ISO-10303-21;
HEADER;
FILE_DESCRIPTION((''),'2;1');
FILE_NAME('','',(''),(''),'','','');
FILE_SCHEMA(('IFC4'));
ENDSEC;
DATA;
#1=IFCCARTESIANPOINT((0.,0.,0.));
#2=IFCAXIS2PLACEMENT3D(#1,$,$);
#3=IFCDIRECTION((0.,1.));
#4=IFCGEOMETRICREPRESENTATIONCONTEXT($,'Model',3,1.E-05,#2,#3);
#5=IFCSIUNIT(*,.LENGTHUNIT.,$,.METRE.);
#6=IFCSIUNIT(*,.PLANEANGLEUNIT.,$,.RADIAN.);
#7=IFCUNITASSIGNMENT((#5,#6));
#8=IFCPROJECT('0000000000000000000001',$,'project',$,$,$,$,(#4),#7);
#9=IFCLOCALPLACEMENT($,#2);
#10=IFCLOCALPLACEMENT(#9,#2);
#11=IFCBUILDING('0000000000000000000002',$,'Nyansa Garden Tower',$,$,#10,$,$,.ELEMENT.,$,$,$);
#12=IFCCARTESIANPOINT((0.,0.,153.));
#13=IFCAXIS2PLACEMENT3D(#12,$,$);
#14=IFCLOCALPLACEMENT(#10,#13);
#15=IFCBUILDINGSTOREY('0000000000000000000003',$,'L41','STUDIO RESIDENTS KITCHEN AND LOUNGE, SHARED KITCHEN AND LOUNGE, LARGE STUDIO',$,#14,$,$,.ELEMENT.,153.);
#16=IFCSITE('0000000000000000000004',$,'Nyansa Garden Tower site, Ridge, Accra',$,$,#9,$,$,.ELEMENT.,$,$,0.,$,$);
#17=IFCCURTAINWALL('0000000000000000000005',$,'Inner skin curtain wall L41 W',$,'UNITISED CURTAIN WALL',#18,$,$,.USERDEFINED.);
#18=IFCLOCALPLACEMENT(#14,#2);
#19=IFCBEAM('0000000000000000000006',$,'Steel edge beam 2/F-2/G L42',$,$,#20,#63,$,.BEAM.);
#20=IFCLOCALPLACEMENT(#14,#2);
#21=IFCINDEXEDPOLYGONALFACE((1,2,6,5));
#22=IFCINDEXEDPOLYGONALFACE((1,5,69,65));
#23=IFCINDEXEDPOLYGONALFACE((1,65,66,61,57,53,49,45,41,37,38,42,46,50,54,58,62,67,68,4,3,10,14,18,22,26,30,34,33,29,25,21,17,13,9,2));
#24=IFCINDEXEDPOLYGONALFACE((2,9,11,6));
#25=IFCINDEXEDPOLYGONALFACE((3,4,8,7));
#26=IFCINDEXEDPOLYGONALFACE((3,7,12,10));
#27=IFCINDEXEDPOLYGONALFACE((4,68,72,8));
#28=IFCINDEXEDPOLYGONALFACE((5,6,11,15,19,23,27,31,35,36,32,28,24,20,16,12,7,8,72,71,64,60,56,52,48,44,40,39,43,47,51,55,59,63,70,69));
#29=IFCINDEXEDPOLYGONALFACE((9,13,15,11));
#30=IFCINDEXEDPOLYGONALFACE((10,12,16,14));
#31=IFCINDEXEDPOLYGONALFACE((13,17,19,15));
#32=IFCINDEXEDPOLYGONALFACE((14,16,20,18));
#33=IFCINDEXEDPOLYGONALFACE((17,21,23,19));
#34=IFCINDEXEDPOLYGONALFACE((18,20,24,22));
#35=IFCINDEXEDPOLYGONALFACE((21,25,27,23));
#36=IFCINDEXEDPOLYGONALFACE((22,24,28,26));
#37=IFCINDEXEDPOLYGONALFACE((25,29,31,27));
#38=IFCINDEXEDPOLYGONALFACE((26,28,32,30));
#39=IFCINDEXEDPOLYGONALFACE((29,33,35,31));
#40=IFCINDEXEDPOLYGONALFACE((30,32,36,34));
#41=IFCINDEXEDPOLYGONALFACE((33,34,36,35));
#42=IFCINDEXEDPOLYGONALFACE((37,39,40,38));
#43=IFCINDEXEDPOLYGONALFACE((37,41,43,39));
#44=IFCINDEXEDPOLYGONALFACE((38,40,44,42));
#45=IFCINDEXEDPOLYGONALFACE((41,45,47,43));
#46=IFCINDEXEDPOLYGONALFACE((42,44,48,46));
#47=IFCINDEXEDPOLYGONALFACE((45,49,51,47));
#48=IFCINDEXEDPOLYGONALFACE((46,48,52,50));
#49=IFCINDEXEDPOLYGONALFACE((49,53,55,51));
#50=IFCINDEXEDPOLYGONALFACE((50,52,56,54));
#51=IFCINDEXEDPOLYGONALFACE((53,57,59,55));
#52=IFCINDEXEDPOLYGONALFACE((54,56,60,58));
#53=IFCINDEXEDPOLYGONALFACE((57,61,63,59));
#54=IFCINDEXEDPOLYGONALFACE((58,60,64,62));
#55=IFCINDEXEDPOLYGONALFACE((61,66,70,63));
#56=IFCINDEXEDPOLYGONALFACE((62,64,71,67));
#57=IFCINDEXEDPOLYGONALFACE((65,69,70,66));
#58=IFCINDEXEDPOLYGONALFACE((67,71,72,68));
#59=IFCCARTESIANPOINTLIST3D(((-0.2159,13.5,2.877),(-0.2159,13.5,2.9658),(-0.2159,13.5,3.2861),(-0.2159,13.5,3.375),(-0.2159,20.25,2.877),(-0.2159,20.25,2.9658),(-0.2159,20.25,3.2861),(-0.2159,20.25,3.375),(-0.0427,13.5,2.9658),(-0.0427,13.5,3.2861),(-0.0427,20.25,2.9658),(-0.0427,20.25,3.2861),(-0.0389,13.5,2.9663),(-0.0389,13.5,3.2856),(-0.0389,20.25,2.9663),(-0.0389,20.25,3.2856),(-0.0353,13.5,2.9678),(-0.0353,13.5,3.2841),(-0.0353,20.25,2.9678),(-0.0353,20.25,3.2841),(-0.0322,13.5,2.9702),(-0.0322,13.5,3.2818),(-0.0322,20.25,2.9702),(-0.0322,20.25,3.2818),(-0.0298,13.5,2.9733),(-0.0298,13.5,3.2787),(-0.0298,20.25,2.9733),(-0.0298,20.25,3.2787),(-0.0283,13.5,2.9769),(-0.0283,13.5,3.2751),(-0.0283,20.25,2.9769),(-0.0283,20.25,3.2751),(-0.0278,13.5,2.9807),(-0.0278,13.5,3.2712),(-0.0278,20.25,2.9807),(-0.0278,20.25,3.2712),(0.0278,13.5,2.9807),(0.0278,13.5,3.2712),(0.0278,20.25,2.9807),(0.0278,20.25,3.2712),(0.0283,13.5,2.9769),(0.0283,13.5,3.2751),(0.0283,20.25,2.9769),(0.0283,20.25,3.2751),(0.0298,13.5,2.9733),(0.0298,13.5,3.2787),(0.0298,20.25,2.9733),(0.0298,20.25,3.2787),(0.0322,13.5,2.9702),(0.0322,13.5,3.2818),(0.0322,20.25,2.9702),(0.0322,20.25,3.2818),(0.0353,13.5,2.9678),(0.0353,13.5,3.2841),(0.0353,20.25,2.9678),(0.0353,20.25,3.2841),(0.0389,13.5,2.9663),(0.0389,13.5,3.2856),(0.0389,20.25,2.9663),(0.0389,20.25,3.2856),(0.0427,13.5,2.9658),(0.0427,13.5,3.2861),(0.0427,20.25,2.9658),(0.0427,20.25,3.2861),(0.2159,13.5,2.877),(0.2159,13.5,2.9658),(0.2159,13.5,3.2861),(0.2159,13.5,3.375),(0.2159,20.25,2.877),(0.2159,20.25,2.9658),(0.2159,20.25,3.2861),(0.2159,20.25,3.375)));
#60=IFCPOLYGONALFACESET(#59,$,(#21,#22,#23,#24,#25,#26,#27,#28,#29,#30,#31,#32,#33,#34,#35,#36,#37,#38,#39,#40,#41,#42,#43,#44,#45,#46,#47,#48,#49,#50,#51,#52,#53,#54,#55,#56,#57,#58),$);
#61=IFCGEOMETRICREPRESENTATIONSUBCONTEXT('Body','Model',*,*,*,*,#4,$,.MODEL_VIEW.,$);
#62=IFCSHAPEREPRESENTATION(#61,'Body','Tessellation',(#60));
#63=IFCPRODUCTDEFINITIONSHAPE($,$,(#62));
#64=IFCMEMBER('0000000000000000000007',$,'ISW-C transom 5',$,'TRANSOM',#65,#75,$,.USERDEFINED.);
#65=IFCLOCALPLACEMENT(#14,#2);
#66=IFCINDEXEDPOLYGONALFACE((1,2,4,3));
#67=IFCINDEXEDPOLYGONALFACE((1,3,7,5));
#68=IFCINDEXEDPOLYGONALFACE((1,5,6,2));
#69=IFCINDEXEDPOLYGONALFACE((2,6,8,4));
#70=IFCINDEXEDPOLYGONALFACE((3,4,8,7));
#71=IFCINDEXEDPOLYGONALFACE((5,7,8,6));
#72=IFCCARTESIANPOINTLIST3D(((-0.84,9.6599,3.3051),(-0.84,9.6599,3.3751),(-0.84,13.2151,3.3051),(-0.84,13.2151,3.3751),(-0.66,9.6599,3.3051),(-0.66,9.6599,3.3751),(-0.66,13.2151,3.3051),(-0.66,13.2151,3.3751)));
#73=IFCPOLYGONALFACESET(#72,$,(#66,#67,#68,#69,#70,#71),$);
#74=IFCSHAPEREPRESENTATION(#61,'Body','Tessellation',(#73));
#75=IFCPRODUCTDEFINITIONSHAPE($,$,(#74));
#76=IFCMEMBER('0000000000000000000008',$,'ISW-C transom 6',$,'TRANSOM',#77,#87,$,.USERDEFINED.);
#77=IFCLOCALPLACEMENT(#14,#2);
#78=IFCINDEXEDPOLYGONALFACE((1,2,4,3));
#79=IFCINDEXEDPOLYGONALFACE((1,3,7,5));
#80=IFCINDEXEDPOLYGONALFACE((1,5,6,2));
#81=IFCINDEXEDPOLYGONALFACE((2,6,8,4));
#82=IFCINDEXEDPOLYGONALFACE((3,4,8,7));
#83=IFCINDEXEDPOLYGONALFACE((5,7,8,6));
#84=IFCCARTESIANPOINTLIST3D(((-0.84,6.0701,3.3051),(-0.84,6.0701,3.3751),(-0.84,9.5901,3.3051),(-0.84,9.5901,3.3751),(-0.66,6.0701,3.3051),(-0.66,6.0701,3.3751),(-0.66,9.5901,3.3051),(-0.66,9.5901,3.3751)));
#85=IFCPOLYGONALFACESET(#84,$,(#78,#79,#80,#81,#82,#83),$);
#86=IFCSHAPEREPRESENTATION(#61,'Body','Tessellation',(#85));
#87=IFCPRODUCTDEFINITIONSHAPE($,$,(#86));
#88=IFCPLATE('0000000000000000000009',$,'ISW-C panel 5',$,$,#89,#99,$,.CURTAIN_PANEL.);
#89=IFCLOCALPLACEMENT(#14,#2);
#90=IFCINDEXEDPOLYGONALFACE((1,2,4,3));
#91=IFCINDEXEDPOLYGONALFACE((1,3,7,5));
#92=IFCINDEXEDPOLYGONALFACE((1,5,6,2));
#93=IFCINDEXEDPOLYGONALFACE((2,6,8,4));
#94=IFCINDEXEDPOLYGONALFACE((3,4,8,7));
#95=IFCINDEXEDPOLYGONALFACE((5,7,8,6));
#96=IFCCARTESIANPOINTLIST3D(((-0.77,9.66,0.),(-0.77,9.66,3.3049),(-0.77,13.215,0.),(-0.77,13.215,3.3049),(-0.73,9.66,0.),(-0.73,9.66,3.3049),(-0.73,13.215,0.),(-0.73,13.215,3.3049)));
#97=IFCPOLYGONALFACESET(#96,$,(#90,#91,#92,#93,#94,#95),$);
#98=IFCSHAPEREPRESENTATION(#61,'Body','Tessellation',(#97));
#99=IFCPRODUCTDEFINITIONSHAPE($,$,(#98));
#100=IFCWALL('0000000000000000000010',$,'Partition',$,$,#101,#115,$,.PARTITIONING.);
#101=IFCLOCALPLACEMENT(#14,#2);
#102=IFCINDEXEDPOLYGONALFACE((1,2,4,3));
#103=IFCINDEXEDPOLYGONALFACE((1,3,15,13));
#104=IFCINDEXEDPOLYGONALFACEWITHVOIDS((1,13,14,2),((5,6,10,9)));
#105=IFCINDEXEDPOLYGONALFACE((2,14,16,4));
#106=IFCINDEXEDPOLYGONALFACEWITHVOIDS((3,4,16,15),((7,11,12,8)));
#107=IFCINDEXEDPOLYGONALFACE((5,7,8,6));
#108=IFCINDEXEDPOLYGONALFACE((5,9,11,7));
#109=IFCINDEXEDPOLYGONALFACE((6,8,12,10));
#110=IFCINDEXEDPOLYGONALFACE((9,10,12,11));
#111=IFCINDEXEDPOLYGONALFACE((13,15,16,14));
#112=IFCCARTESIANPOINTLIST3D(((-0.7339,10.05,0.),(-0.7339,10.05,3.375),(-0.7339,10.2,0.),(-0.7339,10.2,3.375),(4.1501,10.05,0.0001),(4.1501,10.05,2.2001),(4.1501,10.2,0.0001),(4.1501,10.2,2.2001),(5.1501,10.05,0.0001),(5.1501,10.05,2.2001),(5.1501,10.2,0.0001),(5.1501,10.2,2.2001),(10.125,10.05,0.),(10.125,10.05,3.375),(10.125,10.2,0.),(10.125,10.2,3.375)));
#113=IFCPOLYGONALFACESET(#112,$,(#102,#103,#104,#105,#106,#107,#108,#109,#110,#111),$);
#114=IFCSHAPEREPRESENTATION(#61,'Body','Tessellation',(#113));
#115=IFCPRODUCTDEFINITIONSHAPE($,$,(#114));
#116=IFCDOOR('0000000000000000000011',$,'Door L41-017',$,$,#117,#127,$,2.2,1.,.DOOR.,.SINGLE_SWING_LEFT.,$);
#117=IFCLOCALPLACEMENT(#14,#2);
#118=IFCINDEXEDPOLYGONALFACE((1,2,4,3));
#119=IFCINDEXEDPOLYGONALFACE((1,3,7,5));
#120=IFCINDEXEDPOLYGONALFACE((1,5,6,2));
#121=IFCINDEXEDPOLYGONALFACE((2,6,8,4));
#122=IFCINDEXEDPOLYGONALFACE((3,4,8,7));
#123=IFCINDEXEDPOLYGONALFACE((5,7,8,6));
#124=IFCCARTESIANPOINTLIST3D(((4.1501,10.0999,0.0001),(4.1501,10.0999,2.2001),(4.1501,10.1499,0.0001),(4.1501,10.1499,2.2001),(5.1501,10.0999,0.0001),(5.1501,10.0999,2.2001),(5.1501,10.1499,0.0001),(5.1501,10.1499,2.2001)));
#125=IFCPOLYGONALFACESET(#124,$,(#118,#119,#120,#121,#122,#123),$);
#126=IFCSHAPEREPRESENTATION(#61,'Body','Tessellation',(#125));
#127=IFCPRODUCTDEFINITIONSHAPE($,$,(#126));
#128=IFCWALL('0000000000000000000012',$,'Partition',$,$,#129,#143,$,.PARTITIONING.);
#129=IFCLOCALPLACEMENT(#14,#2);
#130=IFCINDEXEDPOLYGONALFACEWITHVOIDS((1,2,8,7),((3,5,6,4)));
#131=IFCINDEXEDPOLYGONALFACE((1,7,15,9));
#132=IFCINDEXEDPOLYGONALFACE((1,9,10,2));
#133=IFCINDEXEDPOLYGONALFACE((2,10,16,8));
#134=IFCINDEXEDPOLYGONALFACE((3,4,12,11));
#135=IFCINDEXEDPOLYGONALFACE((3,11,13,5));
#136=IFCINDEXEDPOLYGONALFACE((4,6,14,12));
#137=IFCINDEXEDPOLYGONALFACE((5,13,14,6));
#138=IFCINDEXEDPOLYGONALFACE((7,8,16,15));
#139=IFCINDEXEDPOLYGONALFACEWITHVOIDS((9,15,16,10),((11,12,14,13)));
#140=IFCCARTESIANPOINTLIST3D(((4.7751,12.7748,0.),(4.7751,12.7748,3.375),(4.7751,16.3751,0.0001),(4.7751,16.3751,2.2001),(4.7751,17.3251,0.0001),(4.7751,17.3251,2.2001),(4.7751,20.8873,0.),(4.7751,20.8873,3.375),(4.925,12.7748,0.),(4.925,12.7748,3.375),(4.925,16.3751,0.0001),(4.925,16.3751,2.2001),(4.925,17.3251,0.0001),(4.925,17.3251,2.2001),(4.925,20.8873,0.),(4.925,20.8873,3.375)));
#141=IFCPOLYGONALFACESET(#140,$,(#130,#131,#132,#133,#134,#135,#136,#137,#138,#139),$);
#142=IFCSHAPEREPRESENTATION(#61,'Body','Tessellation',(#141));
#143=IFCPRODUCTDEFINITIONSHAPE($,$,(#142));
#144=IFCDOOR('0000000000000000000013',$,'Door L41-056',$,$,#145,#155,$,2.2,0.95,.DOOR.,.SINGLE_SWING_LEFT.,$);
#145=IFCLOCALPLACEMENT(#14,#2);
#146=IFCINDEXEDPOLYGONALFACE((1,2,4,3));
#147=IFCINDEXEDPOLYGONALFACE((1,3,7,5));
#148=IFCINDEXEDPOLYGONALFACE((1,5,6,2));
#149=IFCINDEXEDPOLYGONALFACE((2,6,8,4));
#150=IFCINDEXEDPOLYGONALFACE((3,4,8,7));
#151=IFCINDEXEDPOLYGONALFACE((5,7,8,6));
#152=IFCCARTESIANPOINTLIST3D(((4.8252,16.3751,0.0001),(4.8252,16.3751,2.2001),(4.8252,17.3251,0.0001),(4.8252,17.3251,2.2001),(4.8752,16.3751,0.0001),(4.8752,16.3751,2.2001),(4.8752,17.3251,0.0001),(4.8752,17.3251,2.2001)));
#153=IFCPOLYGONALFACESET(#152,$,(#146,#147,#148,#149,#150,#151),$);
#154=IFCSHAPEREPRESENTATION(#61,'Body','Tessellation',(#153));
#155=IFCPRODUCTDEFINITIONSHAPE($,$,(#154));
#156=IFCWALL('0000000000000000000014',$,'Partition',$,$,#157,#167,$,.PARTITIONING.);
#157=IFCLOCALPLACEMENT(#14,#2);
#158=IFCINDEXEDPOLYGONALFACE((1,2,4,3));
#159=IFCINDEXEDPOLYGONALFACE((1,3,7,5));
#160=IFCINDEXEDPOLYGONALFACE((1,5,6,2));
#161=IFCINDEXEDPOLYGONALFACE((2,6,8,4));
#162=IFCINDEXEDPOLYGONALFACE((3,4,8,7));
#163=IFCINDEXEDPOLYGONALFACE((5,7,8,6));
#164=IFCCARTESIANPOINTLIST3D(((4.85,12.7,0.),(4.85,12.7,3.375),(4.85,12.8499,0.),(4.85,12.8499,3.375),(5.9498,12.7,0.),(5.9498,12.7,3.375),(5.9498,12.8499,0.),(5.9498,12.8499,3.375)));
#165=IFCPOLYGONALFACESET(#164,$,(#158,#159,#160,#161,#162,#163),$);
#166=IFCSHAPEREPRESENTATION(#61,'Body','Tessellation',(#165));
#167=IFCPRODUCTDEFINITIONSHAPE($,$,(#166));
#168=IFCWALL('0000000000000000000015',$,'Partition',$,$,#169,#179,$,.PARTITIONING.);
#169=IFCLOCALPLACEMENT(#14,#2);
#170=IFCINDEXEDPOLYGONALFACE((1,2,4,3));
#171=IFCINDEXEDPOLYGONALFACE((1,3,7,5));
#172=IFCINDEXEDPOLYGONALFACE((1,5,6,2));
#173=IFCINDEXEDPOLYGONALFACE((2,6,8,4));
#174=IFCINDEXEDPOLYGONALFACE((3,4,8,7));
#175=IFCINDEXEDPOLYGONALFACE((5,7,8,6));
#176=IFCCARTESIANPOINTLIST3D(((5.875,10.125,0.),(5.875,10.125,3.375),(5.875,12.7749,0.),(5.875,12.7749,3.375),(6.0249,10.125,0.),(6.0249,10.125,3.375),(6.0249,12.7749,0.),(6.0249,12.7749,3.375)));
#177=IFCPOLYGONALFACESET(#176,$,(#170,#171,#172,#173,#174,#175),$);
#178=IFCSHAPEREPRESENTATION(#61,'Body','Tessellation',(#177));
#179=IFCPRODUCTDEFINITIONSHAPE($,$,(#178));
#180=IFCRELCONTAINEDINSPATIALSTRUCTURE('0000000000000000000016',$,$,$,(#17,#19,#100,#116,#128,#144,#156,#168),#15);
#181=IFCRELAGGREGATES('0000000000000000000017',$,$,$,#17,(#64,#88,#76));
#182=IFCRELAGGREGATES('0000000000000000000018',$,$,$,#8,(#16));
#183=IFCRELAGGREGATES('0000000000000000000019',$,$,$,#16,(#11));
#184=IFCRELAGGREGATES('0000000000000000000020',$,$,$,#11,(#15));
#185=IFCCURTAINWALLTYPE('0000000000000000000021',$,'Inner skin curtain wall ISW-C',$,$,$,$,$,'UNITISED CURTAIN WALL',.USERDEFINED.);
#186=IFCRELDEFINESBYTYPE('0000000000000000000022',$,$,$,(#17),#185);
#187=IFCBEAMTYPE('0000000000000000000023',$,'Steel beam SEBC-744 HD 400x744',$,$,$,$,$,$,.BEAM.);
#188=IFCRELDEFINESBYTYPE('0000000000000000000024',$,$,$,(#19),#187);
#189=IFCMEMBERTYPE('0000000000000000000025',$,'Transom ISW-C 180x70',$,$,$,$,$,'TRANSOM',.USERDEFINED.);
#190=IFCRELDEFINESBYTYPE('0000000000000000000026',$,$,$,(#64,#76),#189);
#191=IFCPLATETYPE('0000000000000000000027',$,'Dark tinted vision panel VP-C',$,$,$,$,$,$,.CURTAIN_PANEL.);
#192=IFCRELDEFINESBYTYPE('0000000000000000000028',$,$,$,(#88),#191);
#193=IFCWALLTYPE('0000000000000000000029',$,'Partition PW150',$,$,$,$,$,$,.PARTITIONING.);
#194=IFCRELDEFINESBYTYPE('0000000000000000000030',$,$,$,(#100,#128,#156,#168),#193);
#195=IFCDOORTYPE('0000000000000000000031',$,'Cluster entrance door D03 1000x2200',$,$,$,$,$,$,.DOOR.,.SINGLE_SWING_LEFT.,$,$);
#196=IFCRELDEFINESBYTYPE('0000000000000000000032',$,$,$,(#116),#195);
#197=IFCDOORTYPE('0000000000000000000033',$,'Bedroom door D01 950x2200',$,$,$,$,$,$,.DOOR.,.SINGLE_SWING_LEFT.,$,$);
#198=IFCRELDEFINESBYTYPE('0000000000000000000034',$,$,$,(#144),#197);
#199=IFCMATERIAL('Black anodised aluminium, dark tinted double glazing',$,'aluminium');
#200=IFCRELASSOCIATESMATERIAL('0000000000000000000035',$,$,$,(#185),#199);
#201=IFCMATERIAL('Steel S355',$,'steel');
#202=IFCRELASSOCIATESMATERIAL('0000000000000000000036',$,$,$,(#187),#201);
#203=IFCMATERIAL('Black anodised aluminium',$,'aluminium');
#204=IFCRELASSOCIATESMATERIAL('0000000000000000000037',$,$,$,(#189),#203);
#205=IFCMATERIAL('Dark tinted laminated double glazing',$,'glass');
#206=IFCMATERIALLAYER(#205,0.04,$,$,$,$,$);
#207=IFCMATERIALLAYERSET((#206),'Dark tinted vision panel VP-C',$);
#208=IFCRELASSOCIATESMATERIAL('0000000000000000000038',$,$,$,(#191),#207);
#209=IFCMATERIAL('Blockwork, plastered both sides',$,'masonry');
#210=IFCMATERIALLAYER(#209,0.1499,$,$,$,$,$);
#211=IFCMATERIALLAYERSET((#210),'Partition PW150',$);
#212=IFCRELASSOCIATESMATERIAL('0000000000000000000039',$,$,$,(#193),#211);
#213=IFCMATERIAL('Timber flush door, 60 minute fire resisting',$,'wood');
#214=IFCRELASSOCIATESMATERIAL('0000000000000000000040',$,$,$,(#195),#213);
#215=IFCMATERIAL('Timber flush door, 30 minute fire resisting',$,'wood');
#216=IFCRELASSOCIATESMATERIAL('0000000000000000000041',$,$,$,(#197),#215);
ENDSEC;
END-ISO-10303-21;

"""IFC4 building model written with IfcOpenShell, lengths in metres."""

from ifc_helpers import new_model, si_unit, direction, frame, frame_2d, origin, origin_2d, place, context, subcontext, project, spatial, rectangle, i_section, extrude, material, layer, layer_set, material_profile, profile_set, type_object, element, fill, aggregate, save


model = new_model("IFC4")

# Units and contexts
model_context = context("Model", 3, precision=1e-05, world=origin(), true_north=direction((0.0, 1.0)))
body_context = subcontext(model_context, "Body", "Model", "MODEL_VIEW")
ifc_project = project(units=[si_unit("LENGTHUNIT", "METRE"), si_unit("PLANEANGLEUNIT", "RADIAN")], contexts=[model_context])

# Site, building, storey
site_placement = place(None, origin())
site = spatial("IfcSite", under=ifc_project, at=site_placement, Name="Nyansa Garden Tower site, Ridge, Accra", CompositionType="ELEMENT", RefElevation=0.0)
building_placement = place(site_placement, origin())
building = spatial("IfcBuilding", under=site, at=building_placement, Name="Nyansa Garden Tower", CompositionType="ELEMENT")
storey_placement = place(building_placement, frame((0.0, 0.0, 153.0)))
storey = spatial("IfcBuildingStorey", under=building, at=storey_placement, Name="L41", Description="STUDIO RESIDENTS KITCHEN AND LOUNGE, SHARED KITCHEN AND LOUNGE, LARGE STUDIO", CompositionType="ELEMENT", Elevation=153.0)

# Curtain wall
ifc_material_1 = material(Name="Black anodised aluminium, dark tinted double glazing", Category="aluminium")
curtain_wall_type = type_object("IfcCurtainWallType", Name="Inner skin curtain wall ISW-C", ElementType="UNITISED CURTAIN WALL", PredefinedType="USERDEFINED", material=ifc_material_1)
curtain_wall_placement = place(storey_placement, origin())
curtain_wall = element("IfcCurtainWall", 1, at=curtain_wall_placement, inside=storey, type_object=curtain_wall_type, Name="Inner skin curtain wall L41 W", ObjectType="UNITISED CURTAIN WALL", PredefinedType="USERDEFINED")

# Beam
ifc_material_2 = material(Name="Steel S355", Category="steel")
ifc_material_profile_1 = material_profile(ifc_material_2, i_section(OverallWidth=0.4319, OverallDepth=0.498, WebThickness=0.0557, FlangeThickness=0.0889, FilletRadius=0.0149, at=origin_2d()), Name="HD 400x744")
ifc_profile_set_1 = profile_set([ifc_material_profile_1], Name="Steel S355")
beam_type_1 = type_object("IfcBeamType", Name="Steel beam SEBC-744 HD 400x744", PredefinedType="BEAM", material=ifc_profile_set_1)
beam_1_placement = place(storey_placement, frame((0.0, 13.5, 3.126), z_axis=(0.0, 1.0, 0.0), x_axis=(-1.0, 0.0, 0.0)))
element("IfcBeam", 2, at=beam_1_placement, inside=storey, type_object=beam_type_1, Name="Steel edge beam 2/F-2/G L42", PredefinedType="BEAM", context=body_context, shape_type="SweptSolid", body=[
    extrude(i_section(OverallWidth=0.4319, OverallDepth=0.498, WebThickness=0.0557, FlangeThickness=0.0889, FilletRadius=0.0149, at=origin_2d()), origin(), (0.0, 0.0, 1.0), 6.75),
])

# Members
ifc_material_3 = material(Name="Black anodised aluminium", Category="aluminium")
ifc_material_profile_2 = material_profile(ifc_material_3, rectangle(XDim=0.1799, YDim=0.0701, at=origin_2d()), Name="Transom 180x70")
ifc_profile_set_2 = profile_set([ifc_material_profile_2], Name="Black anodised aluminium")
member_type_1 = type_object("IfcMemberType", Name="Transom ISW-C 180x70", ElementType="TRANSOM", PredefinedType="USERDEFINED", material=ifc_profile_set_2)
member_1_placement = place(storey_placement, frame((-0.75, 13.2151, 3.3401), z_axis=(0.0, -1.0, 0.0), x_axis=(1.0, 0.0, 0.0)))
member_1 = element("IfcMember", 3, at=member_1_placement, type_object=member_type_1, Name="ISW-C transom 5", ObjectType="TRANSOM", PredefinedType="USERDEFINED", context=body_context, shape_type="SweptSolid", body=[
    extrude(rectangle(XDim=0.1799, YDim=0.0701, at=origin_2d()), origin(), (0.0, 0.0, 1.0), 3.5552),
])
member_2_placement = place(storey_placement, frame((-0.75, 9.5901, 3.3401), z_axis=(0.0, -1.0, 0.0), x_axis=(1.0, 0.0, 0.0)))
member_2 = element("IfcMember", 4, at=member_2_placement, type_object=member_type_1, Name="ISW-C transom 6", ObjectType="TRANSOM", PredefinedType="USERDEFINED", context=body_context, shape_type="SweptSolid", body=[
    extrude(rectangle(XDim=0.1799, YDim=0.0701, at=origin_2d()), origin(), (0.0, 0.0, 1.0), 3.52),
])

# Plate
ifc_material_4 = material(Name="Dark tinted laminated double glazing", Category="glass")
ifc_layer_1 = layer(ifc_material_4, 0.04)
ifc_layer_set_1 = layer_set([ifc_layer_1], Name="Dark tinted vision panel VP-C")
plate_type = type_object("IfcPlateType", Name="Dark tinted vision panel VP-C", PredefinedType="CURTAIN_PANEL", material=ifc_layer_set_1)
plate_placement = place(storey_placement, frame((-0.75, 11.4375, 0.0), z_axis=(0.0, 0.0, 1.0), x_axis=(0.0, -1.0, 0.0)))
plate = element("IfcPlate", 5, at=plate_placement, type_object=plate_type, Name="ISW-C panel 5", PredefinedType="CURTAIN_PANEL", context=body_context, shape_type="SweptSolid", body=[
    extrude(rectangle(XDim=3.5549, YDim=0.04, at=origin_2d()), origin(), (0.0, 0.0, 1.0), 3.3049),
])
aggregate(curtain_wall, [member_1, plate, member_2])

# Walls, openings, doors
ifc_material_5 = material(Name="Blockwork, plastered both sides", Category="masonry")
ifc_layer_2 = layer(ifc_material_5, 0.1499)
ifc_layer_set_2 = layer_set([ifc_layer_2], Name="Partition PW150")
wall_type_1 = type_object("IfcWallType", Name="Partition PW150", PredefinedType="PARTITIONING", material=ifc_layer_set_2)
wall_1_placement = place(storey_placement, frame((-0.7339, 10.125, 0.0), z_axis=(0.0, 0.0, 1.0), x_axis=(1.0, 0.0, 0.0)))
wall_1 = element("IfcWall", 6, at=wall_1_placement, inside=storey, type_object=wall_type_1, Name="Partition", PredefinedType="PARTITIONING", context=body_context, shape_type="SweptSolid", body=[
    extrude(rectangle(XDim=10.8589, YDim=0.1499, at=frame_2d((5.4294, 0.0))), origin(), (0.0, 0.0, 1.0), 3.375),
])
opening_1_placement = place(wall_1_placement, frame((4.884, 0.0, 0.0)))
opening_1 = element("IfcOpeningElement", 7, at=opening_1_placement, cuts=wall_1, PredefinedType="OPENING", context=body_context, shape_type="SweptSolid", body=[
    extrude(rectangle(XDim=1.0, YDim=2.2, at=frame_2d((0.5, 1.1001))), frame((0.0, 0.085, 0.0), z_axis=(0.0, -1.0, 0.0), x_axis=(1.0, 0.0, 0.0)), (0.0, 0.0, 1.0), 0.1699),
])
ifc_material_6 = material(Name="Timber flush door, 60 minute fire resisting", Category="wood")
door_type_1 = type_object("IfcDoorType", Name="Cluster entrance door D03 1000x2200", OperationType="SINGLE_SWING_LEFT", PredefinedType="DOOR", material=ifc_material_6)
door_1_placement = place(opening_1_placement, origin())
door_1 = element("IfcDoor", 8, at=door_1_placement, inside=storey, type_object=door_type_1, Name="Door L41-017", OperationType="SINGLE_SWING_LEFT", OverallHeight=2.2, OverallWidth=1.0, PredefinedType="DOOR", context=body_context, shape_type="SweptSolid", body=[
    extrude(rectangle(XDim=1.0, YDim=2.2, at=frame_2d((0.5, 1.1001))), frame((0.0, 0.0249, 0.0), z_axis=(0.0, -1.0, 0.0), x_axis=(1.0, 0.0, 0.0)), (0.0, 0.0, 1.0), 0.05),
])
fill(opening_1, door_1)
wall_2_placement = place(storey_placement, frame((4.8501, 12.7749, 0.0), z_axis=(0.0, 0.0, 1.0), x_axis=(0.0, 1.0, 0.0)))
wall_2 = element("IfcWall", 9, at=wall_2_placement, inside=storey, type_object=wall_type_1, Name="Partition", PredefinedType="PARTITIONING", context=body_context, shape_type="SweptSolid", body=[
    extrude(rectangle(XDim=8.1125, YDim=0.1499, at=frame_2d((4.0562, 0.0))), origin(), (0.0, 0.0, 1.0), 3.375),
])
opening_2_placement = place(wall_2_placement, frame((3.6001, 0.0, 0.0)))
opening_2 = element("IfcOpeningElement", 10, at=opening_2_placement, cuts=wall_2, PredefinedType="OPENING", context=body_context, shape_type="SweptSolid", body=[
    extrude(rectangle(XDim=0.95, YDim=2.2, at=frame_2d((0.4751, 1.1001))), frame((0.0, 0.085, 0.0), z_axis=(0.0, -1.0, 0.0), x_axis=(1.0, 0.0, 0.0)), (0.0, 0.0, 1.0), 0.1699),
])
ifc_material_7 = material(Name="Timber flush door, 30 minute fire resisting", Category="wood")
door_type_2 = type_object("IfcDoorType", Name="Bedroom door D01 950x2200", OperationType="SINGLE_SWING_LEFT", PredefinedType="DOOR", material=ifc_material_7)
door_2_placement = place(opening_2_placement, origin())
door_2 = element("IfcDoor", 11, at=door_2_placement, inside=storey, type_object=door_type_2, Name="Door L41-056", OperationType="SINGLE_SWING_LEFT", OverallHeight=2.2, OverallWidth=0.95, PredefinedType="DOOR", context=body_context, shape_type="SweptSolid", body=[
    extrude(rectangle(XDim=0.95, YDim=2.2, at=frame_2d((0.4751, 1.1001))), frame((0.0, 0.0249, 0.0), z_axis=(0.0, -1.0, 0.0), x_axis=(1.0, 0.0, 0.0)), (0.0, 0.0, 1.0), 0.05),
])
fill(opening_2, door_2)

# Walls
wall_3_placement = place(storey_placement, frame((4.8501, 12.7749, 0.0), z_axis=(0.0, 0.0, 1.0), x_axis=(1.0, 0.0, 0.0)))
element("IfcWall", 12, at=wall_3_placement, inside=storey, type_object=wall_type_1, Name="Partition", PredefinedType="PARTITIONING", context=body_context, shape_type="SweptSolid", body=[
    extrude(rectangle(XDim=1.0999, YDim=0.1499, at=frame_2d((0.5498, 0.0))), origin(), (0.0, 0.0, 1.0), 3.375),
])
wall_4_placement = place(storey_placement, frame((5.95, 10.125, 0.0), z_axis=(0.0, 0.0, 1.0), x_axis=(0.0, 1.0, 0.0)))
element("IfcWall", 13, at=wall_4_placement, inside=storey, type_object=wall_type_1, Name="Partition", PredefinedType="PARTITIONING", context=body_context, shape_type="SweptSolid", body=[
    extrude(rectangle(XDim=2.6499, YDim=0.1499, at=frame_2d((1.325, 0.0))), origin(), (0.0, 0.0, 1.0), 3.375),
])

save(model, "model.ifc")
